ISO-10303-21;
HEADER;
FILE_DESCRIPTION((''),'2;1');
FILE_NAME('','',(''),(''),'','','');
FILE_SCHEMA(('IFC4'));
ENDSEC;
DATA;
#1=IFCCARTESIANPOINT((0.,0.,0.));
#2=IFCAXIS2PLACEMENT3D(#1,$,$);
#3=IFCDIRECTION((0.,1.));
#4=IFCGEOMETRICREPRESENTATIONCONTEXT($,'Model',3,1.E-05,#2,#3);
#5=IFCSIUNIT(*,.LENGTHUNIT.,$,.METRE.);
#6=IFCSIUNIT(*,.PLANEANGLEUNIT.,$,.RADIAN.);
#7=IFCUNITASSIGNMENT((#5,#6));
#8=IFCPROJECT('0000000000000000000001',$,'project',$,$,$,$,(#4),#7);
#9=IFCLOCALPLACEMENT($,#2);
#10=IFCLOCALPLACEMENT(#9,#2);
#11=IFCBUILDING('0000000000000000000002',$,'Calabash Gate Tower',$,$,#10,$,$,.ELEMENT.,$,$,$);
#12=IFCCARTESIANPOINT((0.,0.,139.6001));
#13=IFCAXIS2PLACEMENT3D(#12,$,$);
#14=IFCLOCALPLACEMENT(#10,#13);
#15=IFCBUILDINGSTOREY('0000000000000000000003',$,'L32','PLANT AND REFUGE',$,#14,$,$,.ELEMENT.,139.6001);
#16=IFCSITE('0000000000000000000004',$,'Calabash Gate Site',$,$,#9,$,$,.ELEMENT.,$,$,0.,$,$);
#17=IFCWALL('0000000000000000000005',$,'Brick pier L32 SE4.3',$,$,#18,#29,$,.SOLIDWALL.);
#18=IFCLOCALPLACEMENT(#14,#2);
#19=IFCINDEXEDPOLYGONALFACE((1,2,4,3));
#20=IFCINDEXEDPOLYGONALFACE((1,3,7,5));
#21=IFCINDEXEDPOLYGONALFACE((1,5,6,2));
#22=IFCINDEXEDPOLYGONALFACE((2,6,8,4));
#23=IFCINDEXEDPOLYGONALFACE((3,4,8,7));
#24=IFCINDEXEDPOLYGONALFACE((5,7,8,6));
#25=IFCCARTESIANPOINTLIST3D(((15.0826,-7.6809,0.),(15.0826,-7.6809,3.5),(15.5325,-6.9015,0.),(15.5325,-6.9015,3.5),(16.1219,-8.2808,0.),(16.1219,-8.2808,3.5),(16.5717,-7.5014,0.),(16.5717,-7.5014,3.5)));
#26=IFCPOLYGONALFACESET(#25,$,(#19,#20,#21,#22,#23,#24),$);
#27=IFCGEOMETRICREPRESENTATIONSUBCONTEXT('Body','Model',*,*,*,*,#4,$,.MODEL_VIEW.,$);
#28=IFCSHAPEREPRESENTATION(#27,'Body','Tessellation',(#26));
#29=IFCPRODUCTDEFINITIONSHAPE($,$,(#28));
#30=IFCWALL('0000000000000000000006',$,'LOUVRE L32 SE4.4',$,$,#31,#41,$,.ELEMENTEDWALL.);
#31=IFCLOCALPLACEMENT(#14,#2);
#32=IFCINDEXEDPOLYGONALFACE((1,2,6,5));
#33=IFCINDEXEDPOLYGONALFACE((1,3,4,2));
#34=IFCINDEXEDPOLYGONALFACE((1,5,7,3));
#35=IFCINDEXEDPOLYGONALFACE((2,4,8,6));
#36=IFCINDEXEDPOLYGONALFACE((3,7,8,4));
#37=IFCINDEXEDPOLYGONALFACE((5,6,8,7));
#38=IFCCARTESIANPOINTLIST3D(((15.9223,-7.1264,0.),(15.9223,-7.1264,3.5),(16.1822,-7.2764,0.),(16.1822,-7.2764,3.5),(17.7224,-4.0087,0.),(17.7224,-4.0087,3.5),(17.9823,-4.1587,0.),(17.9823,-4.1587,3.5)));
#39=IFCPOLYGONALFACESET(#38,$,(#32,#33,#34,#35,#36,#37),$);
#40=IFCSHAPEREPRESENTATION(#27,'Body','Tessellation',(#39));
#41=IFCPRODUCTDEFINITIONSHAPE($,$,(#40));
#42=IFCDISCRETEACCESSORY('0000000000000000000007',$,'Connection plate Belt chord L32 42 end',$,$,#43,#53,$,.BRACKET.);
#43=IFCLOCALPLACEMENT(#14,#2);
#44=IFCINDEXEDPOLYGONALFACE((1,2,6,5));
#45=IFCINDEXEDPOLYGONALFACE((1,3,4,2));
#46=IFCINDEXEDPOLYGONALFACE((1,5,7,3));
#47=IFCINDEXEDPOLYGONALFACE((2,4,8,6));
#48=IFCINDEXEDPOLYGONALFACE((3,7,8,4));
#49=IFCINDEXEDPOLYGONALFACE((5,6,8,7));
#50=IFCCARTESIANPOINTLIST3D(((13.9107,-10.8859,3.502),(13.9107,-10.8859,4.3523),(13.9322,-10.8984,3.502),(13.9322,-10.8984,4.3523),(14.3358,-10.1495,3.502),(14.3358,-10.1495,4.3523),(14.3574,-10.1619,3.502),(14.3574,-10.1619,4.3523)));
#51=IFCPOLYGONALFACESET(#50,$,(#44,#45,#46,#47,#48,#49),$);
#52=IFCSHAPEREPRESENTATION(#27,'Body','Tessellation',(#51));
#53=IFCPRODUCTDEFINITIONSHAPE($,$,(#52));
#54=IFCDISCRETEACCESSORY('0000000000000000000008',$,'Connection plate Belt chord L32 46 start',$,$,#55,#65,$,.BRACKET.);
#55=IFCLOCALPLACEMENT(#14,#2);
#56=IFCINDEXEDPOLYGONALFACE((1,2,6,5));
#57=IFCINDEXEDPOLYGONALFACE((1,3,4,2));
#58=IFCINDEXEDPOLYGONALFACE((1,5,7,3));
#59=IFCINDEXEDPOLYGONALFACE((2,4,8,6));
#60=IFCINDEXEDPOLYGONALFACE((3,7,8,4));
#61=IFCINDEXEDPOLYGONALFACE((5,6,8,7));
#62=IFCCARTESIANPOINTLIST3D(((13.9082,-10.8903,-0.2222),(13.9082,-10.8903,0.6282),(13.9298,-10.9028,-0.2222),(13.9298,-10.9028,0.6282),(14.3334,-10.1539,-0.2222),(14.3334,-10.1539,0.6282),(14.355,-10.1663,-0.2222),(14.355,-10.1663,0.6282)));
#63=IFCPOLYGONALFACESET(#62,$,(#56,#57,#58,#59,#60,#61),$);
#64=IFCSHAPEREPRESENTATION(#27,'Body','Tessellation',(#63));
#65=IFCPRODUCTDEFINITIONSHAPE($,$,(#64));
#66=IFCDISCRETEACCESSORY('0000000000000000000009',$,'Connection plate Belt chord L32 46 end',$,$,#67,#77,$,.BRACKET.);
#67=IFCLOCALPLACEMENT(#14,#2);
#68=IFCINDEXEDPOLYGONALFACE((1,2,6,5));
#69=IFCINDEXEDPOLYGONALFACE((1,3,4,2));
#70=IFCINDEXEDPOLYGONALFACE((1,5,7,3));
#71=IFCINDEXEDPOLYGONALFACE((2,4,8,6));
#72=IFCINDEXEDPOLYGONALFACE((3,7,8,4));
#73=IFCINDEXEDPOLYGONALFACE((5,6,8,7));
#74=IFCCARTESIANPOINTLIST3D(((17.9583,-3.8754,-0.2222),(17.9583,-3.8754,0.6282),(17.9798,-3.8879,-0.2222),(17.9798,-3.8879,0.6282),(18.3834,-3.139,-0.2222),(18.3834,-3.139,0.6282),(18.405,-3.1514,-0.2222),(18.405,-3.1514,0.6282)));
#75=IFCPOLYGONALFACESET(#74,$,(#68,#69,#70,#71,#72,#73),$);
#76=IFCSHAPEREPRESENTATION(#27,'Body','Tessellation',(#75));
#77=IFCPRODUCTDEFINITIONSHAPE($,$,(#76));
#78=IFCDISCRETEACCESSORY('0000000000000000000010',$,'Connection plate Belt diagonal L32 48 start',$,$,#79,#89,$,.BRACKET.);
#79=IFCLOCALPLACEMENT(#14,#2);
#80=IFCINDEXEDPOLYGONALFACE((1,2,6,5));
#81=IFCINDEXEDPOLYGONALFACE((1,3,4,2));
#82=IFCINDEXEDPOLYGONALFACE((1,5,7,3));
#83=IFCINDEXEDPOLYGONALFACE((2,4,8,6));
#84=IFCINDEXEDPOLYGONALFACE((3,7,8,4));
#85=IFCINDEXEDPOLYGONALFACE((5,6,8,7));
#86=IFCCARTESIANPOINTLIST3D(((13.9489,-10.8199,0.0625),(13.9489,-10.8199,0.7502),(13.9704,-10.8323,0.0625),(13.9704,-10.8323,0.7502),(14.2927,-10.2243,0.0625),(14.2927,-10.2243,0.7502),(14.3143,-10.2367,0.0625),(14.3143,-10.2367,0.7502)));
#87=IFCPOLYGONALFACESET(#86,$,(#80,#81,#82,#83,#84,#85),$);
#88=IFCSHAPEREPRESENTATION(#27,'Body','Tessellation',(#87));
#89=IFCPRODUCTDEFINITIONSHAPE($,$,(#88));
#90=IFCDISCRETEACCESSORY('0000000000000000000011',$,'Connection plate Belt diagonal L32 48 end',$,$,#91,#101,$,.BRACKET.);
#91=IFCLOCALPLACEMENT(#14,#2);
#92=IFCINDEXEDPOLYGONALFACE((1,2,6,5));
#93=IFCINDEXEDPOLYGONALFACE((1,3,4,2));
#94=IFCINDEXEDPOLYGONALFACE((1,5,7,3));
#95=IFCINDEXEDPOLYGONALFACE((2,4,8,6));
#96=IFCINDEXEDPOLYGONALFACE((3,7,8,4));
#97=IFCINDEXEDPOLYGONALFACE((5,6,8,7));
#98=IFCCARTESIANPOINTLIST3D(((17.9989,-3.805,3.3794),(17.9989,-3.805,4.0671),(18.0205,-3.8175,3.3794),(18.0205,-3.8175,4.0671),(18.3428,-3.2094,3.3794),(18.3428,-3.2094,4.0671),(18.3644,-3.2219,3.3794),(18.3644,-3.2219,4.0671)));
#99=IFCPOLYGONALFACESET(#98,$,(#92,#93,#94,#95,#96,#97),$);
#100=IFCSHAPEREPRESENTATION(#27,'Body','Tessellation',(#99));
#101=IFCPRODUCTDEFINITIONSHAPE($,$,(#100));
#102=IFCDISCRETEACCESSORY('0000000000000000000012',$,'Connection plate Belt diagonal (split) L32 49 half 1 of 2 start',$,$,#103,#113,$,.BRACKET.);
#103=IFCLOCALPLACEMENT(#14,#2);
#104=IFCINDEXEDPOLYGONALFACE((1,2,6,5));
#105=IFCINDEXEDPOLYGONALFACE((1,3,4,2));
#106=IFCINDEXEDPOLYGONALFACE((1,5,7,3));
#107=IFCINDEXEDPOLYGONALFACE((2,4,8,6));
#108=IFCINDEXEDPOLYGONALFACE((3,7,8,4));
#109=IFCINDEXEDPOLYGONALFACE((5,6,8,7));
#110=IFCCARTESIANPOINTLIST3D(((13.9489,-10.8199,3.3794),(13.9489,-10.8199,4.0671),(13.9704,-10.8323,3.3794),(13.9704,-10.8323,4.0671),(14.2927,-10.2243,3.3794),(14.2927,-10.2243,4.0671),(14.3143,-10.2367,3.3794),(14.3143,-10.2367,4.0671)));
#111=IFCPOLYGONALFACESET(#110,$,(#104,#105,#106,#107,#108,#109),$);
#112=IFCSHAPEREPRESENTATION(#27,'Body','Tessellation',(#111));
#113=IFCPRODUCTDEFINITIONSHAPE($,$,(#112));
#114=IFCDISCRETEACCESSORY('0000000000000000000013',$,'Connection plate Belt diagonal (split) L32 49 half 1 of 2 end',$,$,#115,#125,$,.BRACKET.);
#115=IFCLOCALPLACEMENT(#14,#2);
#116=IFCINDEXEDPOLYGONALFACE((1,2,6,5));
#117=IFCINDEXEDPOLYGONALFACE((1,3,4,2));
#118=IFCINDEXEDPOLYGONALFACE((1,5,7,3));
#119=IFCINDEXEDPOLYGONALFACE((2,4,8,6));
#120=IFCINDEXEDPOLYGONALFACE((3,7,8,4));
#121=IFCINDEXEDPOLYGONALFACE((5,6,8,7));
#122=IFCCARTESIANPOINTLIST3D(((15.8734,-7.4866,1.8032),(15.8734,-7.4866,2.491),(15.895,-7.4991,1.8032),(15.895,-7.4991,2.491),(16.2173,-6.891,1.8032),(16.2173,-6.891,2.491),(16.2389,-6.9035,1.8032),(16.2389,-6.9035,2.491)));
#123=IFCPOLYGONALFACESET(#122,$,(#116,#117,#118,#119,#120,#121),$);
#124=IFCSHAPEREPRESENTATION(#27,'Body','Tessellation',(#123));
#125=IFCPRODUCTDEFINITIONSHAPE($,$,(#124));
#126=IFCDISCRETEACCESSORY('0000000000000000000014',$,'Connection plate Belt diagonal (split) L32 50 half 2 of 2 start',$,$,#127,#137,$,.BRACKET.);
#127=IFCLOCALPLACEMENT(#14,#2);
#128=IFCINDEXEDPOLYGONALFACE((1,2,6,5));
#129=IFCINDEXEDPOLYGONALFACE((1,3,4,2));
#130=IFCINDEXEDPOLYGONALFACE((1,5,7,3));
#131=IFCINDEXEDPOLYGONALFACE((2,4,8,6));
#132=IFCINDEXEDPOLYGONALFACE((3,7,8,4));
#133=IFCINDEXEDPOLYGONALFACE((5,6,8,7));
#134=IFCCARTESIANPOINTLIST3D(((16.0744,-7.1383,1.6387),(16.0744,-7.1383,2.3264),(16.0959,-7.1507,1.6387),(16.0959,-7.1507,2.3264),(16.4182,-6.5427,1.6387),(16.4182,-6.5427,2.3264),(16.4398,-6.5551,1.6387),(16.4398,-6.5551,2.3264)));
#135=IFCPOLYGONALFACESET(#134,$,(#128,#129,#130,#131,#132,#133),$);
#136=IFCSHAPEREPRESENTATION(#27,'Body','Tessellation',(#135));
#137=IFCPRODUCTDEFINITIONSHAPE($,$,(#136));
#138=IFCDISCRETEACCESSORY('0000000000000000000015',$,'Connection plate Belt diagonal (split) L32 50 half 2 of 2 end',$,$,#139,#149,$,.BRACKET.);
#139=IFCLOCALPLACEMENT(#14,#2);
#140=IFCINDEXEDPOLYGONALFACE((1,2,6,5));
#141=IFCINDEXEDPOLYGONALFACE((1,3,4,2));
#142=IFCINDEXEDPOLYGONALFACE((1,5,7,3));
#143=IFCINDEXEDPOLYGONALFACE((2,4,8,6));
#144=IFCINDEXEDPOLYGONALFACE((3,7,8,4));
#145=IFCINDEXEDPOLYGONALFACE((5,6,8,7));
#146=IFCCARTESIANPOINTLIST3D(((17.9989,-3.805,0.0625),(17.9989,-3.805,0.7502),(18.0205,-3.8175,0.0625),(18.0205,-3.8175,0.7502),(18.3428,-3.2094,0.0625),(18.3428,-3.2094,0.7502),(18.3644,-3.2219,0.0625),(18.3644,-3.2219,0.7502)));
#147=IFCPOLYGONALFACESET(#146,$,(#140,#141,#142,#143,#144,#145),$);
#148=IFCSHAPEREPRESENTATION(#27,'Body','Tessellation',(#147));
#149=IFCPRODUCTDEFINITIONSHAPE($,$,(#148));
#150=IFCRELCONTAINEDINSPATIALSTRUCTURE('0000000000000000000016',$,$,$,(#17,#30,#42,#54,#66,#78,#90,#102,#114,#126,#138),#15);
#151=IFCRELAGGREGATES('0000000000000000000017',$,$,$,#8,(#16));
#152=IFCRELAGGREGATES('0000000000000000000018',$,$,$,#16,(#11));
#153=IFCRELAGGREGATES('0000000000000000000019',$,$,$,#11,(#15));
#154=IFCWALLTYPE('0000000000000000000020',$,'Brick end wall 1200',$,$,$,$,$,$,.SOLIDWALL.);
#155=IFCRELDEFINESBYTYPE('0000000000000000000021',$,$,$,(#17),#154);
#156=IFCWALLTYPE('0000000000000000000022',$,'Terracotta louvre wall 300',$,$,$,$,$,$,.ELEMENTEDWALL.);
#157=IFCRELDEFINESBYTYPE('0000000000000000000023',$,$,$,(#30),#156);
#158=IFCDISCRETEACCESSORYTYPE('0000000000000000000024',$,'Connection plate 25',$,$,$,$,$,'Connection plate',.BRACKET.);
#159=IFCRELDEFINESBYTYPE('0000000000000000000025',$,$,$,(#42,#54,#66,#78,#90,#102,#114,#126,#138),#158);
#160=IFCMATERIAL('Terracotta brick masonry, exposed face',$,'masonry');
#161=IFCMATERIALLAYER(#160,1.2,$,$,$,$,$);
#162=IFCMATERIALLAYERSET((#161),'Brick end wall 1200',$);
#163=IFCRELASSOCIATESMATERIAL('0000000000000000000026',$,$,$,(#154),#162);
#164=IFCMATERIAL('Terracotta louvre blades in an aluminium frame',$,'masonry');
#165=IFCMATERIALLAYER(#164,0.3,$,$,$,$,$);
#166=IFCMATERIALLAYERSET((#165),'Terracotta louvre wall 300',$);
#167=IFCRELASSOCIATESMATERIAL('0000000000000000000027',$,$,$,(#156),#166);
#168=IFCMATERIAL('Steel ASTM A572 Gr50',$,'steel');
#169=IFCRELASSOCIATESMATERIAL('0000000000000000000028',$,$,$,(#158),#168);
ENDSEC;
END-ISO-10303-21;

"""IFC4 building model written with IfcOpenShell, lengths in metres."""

from ifc_helpers import new_model, si_unit, direction, frame, frame_2d, origin, origin_2d, place, context, subcontext, project, spatial, rectangle, extrude, material, layer, layer_set, type_object, element, save


model = new_model("IFC4")

# Units and contexts
model_context = context("Model", 3, precision=1e-05, world=origin(), true_north=direction((0.0, 1.0)))
body_context = subcontext(model_context, "Body", "Model", "MODEL_VIEW")
ifc_project = project(units=[si_unit("LENGTHUNIT", "METRE"), si_unit("PLANEANGLEUNIT", "RADIAN")], contexts=[model_context])

# Site, building, storey
site_placement = place(None, origin())
site = spatial("IfcSite", under=ifc_project, at=site_placement, Name="Calabash Gate Site", CompositionType="ELEMENT", RefElevation=0.0)
building_placement = place(site_placement, origin())
building = spatial("IfcBuilding", under=site, at=building_placement, Name="Calabash Gate Tower", CompositionType="ELEMENT")
storey_placement = place(building_placement, frame((0.0, 0.0, 139.6001)))
storey = spatial("IfcBuildingStorey", under=building, at=storey_placement, Name="L32", Description="PLANT AND REFUGE", CompositionType="ELEMENT", Elevation=139.6001)

# Walls
ifc_material_1 = material(Name="Terracotta brick masonry, exposed face", Category="masonry")
ifc_layer_1 = layer(ifc_material_1, 1.2)
ifc_layer_set_1 = layer_set([ifc_layer_1], Name="Brick end wall 1200")
wall_type_1 = type_object("IfcWallType", Name="Brick end wall 1200", PredefinedType="SOLIDWALL", material=ifc_layer_set_1)
wall_1_placement = place(storey_placement, frame((16.3469, -7.8911, 0.0), z_axis=(0.0, 0.0, 1.0), x_axis=(-0.866094, 0.499881, 0.0)))
element("IfcWall", 1, at=wall_1_placement, inside=storey, type_object=wall_type_1, Name="Brick pier L32 SE4.3", PredefinedType="SOLIDWALL", context=body_context, shape_type="SweptSolid", body=[
    extrude(rectangle(XDim=1.2, YDim=0.8999, at=frame_2d((0.6001, 0.0))), origin(), (0.0, 0.0, 1.0), 3.5),
])
ifc_material_2 = material(Name="Terracotta louvre blades in an aluminium frame", Category="masonry")
ifc_layer_2 = layer(ifc_material_2, 0.3)
ifc_layer_set_2 = layer_set([ifc_layer_2], Name="Terracotta louvre wall 300")
wall_type_2 = type_object("IfcWallType", Name="Terracotta louvre wall 300", PredefinedType="ELEMENTEDWALL", material=ifc_layer_set_2)
wall_2_placement = place(storey_placement, frame((16.0522, -7.2014, 0.0), z_axis=(0.0, 0.0, 1.0), x_axis=(0.500012, 0.866018, 0.0)))
element("IfcWall", 2, at=wall_2_placement, inside=storey, type_object=wall_type_2, Name="LOUVRE L32 SE4.4", PredefinedType="ELEMENTEDWALL", context=body_context, shape_type="SweptSolid", body=[
    extrude(rectangle(XDim=3.6001, YDim=0.3, at=frame_2d((1.8, 0.0))), origin(), (0.0, 0.0, 1.0), 3.5),
])

# Discrete accessories
ifc_material_3 = material(Name="Steel ASTM A572 Gr50", Category="steel")
discrete_accessory_type = type_object("IfcDiscreteAccessoryType", Name="Connection plate 25", ElementType="Connection plate", PredefinedType="BRACKET", material=ifc_material_3)
for number, where, z_axis, x_axis, name in (
    (3, (14.134, -10.5239, 3.502), (0.0, 0.0, 1.0), (0.499997, 0.866027, 0.0), "Connection plate Belt chord L32 42 end"),
    (4, (14.1316, -10.5283, -0.2222), (0.0, 0.0, 1.0), (0.5, 0.866025, 0.0), "Connection plate Belt chord L32 46 start"),
    (5, (18.1816, -3.5134, -0.2222), (0.0, 0.0, 1.0), (0.5, 0.866025, 0.0), "Connection plate Belt chord L32 46 end"),
):
    element("IfcDiscreteAccessory", number, at=place(storey_placement, frame(where, z_axis=z_axis, x_axis=x_axis)), inside=storey, type_object=discrete_accessory_type, Name=name, PredefinedType="BRACKET", context=body_context, shape_type="SweptSolid", body=[
        extrude(rectangle(XDim=0.8503, YDim=0.0249, at=origin_2d()), origin(), (0.0, 0.0, 1.0), 0.8503),
    ])
for number, where, z_axis, x_axis, name in (
    (6, (14.1316, -10.5283, 0.0625), (0.0, 0.0, 1.0), (0.5, 0.866025, 0.0), "Connection plate Belt diagonal L32 48 start"),
    (7, (18.1816, -3.5134, 3.3794), (0.0, 0.0, 1.0), (0.5, 0.866025, 0.0), "Connection plate Belt diagonal L32 48 end"),
    (8, (14.1316, -10.5283, 3.3794), (0.0, 0.0, 1.0), (0.5, 0.866025, 0.0), "Connection plate Belt diagonal (split) L32 49 half 1 of 2 start"),
    (9, (16.0562, -7.1951, 1.8032), (0.0, 0.0, 1.0), (0.5, 0.866025, 0.0), "Connection plate Belt diagonal (split) L32 49 half 1 of 2 end"),
    (10, (16.2571, -6.8467, 1.6387), (0.0, 0.0, 1.0), (0.5, 0.866025, 0.0), "Connection plate Belt diagonal (split) L32 50 half 2 of 2 start"),
    (11, (18.1816, -3.5134, 0.0625), (0.0, 0.0, 1.0), (0.5, 0.866025, 0.0), "Connection plate Belt diagonal (split) L32 50 half 2 of 2 end"),
):
    element("IfcDiscreteAccessory", number, at=place(storey_placement, frame(where, z_axis=z_axis, x_axis=x_axis)), inside=storey, type_object=discrete_accessory_type, Name=name, PredefinedType="BRACKET", context=body_context, shape_type="SweptSolid", body=[
        extrude(rectangle(XDim=0.6877, YDim=0.0249, at=origin_2d()), origin(), (0.0, 0.0, 1.0), 0.6877),
    ])

save(model, "model.ifc")
